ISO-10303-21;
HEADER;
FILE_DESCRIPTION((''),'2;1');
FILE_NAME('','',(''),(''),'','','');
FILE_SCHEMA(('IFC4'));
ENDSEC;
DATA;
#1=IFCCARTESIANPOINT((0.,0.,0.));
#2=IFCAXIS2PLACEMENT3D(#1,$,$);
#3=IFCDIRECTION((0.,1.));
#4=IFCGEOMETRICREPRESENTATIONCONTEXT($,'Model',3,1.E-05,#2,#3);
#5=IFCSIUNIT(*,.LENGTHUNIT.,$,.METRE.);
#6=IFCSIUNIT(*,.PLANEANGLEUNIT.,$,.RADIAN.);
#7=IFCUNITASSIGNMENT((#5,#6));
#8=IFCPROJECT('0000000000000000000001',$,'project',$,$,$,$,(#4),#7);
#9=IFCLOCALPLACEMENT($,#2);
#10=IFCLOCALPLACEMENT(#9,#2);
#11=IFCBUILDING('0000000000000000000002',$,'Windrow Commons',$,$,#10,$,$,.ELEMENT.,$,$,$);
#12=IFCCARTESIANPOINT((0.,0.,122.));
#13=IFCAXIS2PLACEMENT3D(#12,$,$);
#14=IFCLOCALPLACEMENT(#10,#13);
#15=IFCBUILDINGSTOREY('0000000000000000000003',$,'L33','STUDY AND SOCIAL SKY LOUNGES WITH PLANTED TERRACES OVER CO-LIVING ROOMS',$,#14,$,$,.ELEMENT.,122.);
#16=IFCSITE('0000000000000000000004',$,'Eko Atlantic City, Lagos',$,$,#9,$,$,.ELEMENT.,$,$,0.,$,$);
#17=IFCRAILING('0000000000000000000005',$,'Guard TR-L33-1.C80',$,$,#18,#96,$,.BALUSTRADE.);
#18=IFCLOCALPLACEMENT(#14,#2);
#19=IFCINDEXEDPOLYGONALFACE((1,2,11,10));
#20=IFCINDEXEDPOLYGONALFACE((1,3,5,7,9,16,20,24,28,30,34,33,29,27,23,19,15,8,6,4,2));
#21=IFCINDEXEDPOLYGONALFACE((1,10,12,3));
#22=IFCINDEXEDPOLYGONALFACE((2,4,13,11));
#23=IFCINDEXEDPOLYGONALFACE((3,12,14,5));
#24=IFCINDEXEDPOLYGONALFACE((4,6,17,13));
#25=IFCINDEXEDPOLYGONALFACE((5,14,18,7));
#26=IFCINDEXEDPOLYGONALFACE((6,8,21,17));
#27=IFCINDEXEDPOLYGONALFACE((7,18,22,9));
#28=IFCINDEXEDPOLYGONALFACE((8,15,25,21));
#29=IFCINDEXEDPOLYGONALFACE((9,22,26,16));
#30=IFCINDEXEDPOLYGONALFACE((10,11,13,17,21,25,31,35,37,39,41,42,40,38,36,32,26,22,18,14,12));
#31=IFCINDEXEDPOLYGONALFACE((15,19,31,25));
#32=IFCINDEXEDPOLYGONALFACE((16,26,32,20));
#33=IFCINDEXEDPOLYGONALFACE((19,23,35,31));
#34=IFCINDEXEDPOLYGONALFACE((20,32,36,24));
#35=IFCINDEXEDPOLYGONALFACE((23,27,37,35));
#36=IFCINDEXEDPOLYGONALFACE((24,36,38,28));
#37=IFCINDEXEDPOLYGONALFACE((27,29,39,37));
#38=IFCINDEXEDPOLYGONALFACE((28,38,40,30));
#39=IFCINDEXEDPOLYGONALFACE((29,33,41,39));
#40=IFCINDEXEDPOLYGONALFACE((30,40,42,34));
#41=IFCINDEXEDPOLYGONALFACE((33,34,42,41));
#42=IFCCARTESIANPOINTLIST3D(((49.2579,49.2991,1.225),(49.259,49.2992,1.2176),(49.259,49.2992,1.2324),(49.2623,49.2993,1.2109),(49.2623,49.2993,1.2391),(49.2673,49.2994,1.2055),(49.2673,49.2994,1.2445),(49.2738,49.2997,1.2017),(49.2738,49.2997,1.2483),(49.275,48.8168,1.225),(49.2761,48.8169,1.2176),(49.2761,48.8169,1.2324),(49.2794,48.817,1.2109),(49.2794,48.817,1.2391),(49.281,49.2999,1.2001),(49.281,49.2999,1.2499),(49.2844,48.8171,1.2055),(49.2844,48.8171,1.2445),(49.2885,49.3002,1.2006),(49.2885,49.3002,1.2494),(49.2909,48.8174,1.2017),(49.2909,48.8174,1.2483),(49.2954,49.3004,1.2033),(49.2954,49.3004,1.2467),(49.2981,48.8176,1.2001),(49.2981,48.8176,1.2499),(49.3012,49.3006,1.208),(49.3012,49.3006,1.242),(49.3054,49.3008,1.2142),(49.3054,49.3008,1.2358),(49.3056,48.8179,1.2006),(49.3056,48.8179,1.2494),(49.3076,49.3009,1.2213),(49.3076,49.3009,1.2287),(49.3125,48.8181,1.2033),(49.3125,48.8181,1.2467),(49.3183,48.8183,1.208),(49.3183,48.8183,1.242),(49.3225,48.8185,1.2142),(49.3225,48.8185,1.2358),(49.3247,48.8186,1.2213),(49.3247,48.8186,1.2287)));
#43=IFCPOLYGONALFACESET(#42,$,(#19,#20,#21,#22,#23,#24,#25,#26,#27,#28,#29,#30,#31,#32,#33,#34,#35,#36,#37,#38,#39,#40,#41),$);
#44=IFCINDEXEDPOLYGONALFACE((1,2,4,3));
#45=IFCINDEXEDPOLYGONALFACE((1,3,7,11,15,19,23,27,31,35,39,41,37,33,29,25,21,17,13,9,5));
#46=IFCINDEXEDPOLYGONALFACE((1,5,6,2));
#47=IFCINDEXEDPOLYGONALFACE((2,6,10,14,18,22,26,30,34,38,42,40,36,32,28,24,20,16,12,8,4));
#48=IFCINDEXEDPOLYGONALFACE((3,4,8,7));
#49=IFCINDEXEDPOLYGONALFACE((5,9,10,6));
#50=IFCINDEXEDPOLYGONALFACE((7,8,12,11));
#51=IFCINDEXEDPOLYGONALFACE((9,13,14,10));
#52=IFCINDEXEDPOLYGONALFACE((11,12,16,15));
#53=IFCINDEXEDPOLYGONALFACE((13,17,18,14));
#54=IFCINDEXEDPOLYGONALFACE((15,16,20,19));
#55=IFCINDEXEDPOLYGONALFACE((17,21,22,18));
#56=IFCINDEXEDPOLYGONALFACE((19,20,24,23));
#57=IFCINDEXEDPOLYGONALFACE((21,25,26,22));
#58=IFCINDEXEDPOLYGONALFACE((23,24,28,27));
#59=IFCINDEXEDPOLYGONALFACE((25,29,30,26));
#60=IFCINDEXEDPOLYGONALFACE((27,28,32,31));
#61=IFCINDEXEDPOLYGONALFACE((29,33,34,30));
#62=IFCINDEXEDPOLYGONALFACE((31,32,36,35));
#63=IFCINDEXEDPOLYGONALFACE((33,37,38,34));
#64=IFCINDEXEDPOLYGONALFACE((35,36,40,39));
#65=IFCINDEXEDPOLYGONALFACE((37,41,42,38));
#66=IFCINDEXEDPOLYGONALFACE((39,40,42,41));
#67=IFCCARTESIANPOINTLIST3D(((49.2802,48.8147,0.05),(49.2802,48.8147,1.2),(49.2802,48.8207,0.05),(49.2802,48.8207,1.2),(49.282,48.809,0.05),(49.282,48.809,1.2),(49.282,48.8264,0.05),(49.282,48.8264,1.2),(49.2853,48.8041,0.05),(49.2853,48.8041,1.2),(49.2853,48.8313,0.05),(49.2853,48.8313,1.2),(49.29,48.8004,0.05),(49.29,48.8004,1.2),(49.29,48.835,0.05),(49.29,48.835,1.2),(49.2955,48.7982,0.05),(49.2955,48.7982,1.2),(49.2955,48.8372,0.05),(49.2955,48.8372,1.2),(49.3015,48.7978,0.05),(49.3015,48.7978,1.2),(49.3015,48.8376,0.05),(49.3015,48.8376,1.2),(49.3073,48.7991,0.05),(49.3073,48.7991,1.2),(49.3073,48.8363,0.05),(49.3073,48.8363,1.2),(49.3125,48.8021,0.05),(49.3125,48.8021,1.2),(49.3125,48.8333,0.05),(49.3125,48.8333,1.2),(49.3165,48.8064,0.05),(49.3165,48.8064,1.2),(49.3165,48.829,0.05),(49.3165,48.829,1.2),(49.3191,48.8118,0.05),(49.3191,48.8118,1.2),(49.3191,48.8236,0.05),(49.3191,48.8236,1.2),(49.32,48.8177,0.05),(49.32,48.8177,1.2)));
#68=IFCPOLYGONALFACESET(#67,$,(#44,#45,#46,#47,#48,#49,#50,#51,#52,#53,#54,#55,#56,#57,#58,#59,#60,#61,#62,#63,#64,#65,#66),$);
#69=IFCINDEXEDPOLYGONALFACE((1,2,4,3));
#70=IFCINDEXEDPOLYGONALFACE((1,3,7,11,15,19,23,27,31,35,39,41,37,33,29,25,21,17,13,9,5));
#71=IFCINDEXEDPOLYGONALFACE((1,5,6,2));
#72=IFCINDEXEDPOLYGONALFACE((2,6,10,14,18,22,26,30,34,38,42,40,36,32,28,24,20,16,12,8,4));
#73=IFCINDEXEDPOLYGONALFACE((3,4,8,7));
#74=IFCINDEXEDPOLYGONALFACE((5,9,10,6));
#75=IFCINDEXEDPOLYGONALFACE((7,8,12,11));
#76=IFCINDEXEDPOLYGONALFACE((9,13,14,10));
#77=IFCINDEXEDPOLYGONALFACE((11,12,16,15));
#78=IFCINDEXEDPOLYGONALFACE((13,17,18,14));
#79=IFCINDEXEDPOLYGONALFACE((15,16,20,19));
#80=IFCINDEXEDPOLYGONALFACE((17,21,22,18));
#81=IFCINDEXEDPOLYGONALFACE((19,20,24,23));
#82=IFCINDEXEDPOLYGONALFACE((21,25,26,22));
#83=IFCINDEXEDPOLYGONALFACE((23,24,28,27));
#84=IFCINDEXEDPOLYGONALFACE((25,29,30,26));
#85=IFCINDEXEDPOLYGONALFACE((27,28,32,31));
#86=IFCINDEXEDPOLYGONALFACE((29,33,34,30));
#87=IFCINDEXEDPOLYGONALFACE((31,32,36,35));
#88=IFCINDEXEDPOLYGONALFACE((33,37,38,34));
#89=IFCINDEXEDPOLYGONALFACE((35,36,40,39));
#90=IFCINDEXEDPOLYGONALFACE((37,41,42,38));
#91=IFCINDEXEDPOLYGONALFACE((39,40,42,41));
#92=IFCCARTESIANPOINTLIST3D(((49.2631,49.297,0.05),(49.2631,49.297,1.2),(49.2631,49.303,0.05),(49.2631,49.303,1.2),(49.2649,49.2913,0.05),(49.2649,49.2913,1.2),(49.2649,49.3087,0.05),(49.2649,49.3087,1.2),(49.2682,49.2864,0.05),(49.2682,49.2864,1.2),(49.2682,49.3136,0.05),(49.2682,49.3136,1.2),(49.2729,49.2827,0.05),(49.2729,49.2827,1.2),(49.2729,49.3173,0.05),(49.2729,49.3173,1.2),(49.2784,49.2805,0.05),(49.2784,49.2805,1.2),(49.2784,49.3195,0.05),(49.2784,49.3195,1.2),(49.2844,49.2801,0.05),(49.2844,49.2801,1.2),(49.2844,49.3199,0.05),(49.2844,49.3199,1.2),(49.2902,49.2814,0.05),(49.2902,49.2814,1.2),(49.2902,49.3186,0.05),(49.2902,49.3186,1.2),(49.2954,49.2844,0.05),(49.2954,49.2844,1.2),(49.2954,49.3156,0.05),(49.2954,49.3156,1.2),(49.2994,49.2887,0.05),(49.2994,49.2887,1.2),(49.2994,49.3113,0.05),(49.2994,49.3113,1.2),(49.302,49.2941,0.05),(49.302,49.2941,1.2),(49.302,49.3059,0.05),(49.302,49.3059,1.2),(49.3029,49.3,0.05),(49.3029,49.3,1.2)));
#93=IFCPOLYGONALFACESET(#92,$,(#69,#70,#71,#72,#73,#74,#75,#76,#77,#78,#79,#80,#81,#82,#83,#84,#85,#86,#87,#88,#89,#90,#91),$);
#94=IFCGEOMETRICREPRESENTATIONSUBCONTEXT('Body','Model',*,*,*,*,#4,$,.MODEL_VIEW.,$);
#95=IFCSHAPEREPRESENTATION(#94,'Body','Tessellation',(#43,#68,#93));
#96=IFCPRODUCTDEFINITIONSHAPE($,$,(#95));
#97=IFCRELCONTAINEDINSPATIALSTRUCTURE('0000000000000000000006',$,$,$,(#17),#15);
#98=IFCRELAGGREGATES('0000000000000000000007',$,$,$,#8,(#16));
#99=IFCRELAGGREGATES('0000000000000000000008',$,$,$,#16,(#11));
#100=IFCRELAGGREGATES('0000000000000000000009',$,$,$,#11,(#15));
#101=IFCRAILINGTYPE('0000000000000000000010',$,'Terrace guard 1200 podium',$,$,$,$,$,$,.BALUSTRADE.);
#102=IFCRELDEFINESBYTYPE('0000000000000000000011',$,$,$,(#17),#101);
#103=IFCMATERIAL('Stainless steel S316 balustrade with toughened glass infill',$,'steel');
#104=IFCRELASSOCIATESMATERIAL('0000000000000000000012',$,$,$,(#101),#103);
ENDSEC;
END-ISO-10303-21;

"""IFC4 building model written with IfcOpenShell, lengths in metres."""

from ifc_helpers import new_model, si_unit, direction, frame, origin, origin_2d, place, context, subcontext, project, spatial, circle, extrude, material, type_object, element, save


model = new_model("IFC4")

# Units and contexts
model_context = context("Model", 3, precision=1e-05, world=origin(), true_north=direction((0.0, 1.0)))
body_context = subcontext(model_context, "Body", "Model", "MODEL_VIEW")
ifc_project = project(units=[si_unit("LENGTHUNIT", "METRE"), si_unit("PLANEANGLEUNIT", "RADIAN")], contexts=[model_context])

# Site, building, storey
site_placement = place(None, origin())
site = spatial("IfcSite", under=ifc_project, at=site_placement, Name="Eko Atlantic City, Lagos", CompositionType="ELEMENT", RefElevation=0.0)
building_placement = place(site_placement, origin())
building = spatial("IfcBuilding", under=site, at=building_placement, Name="Windrow Commons", CompositionType="ELEMENT")
storey_placement = place(building_placement, frame((0.0, 0.0, 122.0)))
storey = spatial("IfcBuildingStorey", under=building, at=storey_placement, Name="L33", Description="STUDY AND SOCIAL SKY LOUNGES WITH PLANTED TERRACES OVER CO-LIVING ROOMS", CompositionType="ELEMENT", Elevation=122.0)

# Railing
ifc_material_1 = material(Name="Stainless steel S316 balustrade with toughened glass infill", Category="steel")
railing_type = type_object("IfcRailingType", Name="Terrace guard 1200 podium", PredefinedType="BALUSTRADE", material=ifc_material_1)
railing_1_placement = place(storey_placement, frame((49.3, 48.8177, 0.05)))
element("IfcRailing", 1, at=railing_1_placement, inside=storey, type_object=railing_type, Name="Guard TR-L33-1.C80", PredefinedType="BALUSTRADE", context=body_context, shape_type="SweptSolid", body=[
    extrude(circle(Radius=0.025, at=origin_2d()), frame((0.0, 0.0, 1.175), z_axis=(-0.035433, 0.999372, 0.0), x_axis=(-0.999372, -0.035433, 0.0)), (0.0, 0.0, 1.0), 0.4826),
    extrude(circle(Radius=0.02, at=origin_2d()), origin(), (0.0, 0.0, 1.0), 1.15),
    extrude(circle(Radius=0.02, at=origin_2d()), frame((-0.0171, 0.4823, 0.0)), (0.0, 0.0, 1.0), 1.15),
])

save(model, "model.ifc")
